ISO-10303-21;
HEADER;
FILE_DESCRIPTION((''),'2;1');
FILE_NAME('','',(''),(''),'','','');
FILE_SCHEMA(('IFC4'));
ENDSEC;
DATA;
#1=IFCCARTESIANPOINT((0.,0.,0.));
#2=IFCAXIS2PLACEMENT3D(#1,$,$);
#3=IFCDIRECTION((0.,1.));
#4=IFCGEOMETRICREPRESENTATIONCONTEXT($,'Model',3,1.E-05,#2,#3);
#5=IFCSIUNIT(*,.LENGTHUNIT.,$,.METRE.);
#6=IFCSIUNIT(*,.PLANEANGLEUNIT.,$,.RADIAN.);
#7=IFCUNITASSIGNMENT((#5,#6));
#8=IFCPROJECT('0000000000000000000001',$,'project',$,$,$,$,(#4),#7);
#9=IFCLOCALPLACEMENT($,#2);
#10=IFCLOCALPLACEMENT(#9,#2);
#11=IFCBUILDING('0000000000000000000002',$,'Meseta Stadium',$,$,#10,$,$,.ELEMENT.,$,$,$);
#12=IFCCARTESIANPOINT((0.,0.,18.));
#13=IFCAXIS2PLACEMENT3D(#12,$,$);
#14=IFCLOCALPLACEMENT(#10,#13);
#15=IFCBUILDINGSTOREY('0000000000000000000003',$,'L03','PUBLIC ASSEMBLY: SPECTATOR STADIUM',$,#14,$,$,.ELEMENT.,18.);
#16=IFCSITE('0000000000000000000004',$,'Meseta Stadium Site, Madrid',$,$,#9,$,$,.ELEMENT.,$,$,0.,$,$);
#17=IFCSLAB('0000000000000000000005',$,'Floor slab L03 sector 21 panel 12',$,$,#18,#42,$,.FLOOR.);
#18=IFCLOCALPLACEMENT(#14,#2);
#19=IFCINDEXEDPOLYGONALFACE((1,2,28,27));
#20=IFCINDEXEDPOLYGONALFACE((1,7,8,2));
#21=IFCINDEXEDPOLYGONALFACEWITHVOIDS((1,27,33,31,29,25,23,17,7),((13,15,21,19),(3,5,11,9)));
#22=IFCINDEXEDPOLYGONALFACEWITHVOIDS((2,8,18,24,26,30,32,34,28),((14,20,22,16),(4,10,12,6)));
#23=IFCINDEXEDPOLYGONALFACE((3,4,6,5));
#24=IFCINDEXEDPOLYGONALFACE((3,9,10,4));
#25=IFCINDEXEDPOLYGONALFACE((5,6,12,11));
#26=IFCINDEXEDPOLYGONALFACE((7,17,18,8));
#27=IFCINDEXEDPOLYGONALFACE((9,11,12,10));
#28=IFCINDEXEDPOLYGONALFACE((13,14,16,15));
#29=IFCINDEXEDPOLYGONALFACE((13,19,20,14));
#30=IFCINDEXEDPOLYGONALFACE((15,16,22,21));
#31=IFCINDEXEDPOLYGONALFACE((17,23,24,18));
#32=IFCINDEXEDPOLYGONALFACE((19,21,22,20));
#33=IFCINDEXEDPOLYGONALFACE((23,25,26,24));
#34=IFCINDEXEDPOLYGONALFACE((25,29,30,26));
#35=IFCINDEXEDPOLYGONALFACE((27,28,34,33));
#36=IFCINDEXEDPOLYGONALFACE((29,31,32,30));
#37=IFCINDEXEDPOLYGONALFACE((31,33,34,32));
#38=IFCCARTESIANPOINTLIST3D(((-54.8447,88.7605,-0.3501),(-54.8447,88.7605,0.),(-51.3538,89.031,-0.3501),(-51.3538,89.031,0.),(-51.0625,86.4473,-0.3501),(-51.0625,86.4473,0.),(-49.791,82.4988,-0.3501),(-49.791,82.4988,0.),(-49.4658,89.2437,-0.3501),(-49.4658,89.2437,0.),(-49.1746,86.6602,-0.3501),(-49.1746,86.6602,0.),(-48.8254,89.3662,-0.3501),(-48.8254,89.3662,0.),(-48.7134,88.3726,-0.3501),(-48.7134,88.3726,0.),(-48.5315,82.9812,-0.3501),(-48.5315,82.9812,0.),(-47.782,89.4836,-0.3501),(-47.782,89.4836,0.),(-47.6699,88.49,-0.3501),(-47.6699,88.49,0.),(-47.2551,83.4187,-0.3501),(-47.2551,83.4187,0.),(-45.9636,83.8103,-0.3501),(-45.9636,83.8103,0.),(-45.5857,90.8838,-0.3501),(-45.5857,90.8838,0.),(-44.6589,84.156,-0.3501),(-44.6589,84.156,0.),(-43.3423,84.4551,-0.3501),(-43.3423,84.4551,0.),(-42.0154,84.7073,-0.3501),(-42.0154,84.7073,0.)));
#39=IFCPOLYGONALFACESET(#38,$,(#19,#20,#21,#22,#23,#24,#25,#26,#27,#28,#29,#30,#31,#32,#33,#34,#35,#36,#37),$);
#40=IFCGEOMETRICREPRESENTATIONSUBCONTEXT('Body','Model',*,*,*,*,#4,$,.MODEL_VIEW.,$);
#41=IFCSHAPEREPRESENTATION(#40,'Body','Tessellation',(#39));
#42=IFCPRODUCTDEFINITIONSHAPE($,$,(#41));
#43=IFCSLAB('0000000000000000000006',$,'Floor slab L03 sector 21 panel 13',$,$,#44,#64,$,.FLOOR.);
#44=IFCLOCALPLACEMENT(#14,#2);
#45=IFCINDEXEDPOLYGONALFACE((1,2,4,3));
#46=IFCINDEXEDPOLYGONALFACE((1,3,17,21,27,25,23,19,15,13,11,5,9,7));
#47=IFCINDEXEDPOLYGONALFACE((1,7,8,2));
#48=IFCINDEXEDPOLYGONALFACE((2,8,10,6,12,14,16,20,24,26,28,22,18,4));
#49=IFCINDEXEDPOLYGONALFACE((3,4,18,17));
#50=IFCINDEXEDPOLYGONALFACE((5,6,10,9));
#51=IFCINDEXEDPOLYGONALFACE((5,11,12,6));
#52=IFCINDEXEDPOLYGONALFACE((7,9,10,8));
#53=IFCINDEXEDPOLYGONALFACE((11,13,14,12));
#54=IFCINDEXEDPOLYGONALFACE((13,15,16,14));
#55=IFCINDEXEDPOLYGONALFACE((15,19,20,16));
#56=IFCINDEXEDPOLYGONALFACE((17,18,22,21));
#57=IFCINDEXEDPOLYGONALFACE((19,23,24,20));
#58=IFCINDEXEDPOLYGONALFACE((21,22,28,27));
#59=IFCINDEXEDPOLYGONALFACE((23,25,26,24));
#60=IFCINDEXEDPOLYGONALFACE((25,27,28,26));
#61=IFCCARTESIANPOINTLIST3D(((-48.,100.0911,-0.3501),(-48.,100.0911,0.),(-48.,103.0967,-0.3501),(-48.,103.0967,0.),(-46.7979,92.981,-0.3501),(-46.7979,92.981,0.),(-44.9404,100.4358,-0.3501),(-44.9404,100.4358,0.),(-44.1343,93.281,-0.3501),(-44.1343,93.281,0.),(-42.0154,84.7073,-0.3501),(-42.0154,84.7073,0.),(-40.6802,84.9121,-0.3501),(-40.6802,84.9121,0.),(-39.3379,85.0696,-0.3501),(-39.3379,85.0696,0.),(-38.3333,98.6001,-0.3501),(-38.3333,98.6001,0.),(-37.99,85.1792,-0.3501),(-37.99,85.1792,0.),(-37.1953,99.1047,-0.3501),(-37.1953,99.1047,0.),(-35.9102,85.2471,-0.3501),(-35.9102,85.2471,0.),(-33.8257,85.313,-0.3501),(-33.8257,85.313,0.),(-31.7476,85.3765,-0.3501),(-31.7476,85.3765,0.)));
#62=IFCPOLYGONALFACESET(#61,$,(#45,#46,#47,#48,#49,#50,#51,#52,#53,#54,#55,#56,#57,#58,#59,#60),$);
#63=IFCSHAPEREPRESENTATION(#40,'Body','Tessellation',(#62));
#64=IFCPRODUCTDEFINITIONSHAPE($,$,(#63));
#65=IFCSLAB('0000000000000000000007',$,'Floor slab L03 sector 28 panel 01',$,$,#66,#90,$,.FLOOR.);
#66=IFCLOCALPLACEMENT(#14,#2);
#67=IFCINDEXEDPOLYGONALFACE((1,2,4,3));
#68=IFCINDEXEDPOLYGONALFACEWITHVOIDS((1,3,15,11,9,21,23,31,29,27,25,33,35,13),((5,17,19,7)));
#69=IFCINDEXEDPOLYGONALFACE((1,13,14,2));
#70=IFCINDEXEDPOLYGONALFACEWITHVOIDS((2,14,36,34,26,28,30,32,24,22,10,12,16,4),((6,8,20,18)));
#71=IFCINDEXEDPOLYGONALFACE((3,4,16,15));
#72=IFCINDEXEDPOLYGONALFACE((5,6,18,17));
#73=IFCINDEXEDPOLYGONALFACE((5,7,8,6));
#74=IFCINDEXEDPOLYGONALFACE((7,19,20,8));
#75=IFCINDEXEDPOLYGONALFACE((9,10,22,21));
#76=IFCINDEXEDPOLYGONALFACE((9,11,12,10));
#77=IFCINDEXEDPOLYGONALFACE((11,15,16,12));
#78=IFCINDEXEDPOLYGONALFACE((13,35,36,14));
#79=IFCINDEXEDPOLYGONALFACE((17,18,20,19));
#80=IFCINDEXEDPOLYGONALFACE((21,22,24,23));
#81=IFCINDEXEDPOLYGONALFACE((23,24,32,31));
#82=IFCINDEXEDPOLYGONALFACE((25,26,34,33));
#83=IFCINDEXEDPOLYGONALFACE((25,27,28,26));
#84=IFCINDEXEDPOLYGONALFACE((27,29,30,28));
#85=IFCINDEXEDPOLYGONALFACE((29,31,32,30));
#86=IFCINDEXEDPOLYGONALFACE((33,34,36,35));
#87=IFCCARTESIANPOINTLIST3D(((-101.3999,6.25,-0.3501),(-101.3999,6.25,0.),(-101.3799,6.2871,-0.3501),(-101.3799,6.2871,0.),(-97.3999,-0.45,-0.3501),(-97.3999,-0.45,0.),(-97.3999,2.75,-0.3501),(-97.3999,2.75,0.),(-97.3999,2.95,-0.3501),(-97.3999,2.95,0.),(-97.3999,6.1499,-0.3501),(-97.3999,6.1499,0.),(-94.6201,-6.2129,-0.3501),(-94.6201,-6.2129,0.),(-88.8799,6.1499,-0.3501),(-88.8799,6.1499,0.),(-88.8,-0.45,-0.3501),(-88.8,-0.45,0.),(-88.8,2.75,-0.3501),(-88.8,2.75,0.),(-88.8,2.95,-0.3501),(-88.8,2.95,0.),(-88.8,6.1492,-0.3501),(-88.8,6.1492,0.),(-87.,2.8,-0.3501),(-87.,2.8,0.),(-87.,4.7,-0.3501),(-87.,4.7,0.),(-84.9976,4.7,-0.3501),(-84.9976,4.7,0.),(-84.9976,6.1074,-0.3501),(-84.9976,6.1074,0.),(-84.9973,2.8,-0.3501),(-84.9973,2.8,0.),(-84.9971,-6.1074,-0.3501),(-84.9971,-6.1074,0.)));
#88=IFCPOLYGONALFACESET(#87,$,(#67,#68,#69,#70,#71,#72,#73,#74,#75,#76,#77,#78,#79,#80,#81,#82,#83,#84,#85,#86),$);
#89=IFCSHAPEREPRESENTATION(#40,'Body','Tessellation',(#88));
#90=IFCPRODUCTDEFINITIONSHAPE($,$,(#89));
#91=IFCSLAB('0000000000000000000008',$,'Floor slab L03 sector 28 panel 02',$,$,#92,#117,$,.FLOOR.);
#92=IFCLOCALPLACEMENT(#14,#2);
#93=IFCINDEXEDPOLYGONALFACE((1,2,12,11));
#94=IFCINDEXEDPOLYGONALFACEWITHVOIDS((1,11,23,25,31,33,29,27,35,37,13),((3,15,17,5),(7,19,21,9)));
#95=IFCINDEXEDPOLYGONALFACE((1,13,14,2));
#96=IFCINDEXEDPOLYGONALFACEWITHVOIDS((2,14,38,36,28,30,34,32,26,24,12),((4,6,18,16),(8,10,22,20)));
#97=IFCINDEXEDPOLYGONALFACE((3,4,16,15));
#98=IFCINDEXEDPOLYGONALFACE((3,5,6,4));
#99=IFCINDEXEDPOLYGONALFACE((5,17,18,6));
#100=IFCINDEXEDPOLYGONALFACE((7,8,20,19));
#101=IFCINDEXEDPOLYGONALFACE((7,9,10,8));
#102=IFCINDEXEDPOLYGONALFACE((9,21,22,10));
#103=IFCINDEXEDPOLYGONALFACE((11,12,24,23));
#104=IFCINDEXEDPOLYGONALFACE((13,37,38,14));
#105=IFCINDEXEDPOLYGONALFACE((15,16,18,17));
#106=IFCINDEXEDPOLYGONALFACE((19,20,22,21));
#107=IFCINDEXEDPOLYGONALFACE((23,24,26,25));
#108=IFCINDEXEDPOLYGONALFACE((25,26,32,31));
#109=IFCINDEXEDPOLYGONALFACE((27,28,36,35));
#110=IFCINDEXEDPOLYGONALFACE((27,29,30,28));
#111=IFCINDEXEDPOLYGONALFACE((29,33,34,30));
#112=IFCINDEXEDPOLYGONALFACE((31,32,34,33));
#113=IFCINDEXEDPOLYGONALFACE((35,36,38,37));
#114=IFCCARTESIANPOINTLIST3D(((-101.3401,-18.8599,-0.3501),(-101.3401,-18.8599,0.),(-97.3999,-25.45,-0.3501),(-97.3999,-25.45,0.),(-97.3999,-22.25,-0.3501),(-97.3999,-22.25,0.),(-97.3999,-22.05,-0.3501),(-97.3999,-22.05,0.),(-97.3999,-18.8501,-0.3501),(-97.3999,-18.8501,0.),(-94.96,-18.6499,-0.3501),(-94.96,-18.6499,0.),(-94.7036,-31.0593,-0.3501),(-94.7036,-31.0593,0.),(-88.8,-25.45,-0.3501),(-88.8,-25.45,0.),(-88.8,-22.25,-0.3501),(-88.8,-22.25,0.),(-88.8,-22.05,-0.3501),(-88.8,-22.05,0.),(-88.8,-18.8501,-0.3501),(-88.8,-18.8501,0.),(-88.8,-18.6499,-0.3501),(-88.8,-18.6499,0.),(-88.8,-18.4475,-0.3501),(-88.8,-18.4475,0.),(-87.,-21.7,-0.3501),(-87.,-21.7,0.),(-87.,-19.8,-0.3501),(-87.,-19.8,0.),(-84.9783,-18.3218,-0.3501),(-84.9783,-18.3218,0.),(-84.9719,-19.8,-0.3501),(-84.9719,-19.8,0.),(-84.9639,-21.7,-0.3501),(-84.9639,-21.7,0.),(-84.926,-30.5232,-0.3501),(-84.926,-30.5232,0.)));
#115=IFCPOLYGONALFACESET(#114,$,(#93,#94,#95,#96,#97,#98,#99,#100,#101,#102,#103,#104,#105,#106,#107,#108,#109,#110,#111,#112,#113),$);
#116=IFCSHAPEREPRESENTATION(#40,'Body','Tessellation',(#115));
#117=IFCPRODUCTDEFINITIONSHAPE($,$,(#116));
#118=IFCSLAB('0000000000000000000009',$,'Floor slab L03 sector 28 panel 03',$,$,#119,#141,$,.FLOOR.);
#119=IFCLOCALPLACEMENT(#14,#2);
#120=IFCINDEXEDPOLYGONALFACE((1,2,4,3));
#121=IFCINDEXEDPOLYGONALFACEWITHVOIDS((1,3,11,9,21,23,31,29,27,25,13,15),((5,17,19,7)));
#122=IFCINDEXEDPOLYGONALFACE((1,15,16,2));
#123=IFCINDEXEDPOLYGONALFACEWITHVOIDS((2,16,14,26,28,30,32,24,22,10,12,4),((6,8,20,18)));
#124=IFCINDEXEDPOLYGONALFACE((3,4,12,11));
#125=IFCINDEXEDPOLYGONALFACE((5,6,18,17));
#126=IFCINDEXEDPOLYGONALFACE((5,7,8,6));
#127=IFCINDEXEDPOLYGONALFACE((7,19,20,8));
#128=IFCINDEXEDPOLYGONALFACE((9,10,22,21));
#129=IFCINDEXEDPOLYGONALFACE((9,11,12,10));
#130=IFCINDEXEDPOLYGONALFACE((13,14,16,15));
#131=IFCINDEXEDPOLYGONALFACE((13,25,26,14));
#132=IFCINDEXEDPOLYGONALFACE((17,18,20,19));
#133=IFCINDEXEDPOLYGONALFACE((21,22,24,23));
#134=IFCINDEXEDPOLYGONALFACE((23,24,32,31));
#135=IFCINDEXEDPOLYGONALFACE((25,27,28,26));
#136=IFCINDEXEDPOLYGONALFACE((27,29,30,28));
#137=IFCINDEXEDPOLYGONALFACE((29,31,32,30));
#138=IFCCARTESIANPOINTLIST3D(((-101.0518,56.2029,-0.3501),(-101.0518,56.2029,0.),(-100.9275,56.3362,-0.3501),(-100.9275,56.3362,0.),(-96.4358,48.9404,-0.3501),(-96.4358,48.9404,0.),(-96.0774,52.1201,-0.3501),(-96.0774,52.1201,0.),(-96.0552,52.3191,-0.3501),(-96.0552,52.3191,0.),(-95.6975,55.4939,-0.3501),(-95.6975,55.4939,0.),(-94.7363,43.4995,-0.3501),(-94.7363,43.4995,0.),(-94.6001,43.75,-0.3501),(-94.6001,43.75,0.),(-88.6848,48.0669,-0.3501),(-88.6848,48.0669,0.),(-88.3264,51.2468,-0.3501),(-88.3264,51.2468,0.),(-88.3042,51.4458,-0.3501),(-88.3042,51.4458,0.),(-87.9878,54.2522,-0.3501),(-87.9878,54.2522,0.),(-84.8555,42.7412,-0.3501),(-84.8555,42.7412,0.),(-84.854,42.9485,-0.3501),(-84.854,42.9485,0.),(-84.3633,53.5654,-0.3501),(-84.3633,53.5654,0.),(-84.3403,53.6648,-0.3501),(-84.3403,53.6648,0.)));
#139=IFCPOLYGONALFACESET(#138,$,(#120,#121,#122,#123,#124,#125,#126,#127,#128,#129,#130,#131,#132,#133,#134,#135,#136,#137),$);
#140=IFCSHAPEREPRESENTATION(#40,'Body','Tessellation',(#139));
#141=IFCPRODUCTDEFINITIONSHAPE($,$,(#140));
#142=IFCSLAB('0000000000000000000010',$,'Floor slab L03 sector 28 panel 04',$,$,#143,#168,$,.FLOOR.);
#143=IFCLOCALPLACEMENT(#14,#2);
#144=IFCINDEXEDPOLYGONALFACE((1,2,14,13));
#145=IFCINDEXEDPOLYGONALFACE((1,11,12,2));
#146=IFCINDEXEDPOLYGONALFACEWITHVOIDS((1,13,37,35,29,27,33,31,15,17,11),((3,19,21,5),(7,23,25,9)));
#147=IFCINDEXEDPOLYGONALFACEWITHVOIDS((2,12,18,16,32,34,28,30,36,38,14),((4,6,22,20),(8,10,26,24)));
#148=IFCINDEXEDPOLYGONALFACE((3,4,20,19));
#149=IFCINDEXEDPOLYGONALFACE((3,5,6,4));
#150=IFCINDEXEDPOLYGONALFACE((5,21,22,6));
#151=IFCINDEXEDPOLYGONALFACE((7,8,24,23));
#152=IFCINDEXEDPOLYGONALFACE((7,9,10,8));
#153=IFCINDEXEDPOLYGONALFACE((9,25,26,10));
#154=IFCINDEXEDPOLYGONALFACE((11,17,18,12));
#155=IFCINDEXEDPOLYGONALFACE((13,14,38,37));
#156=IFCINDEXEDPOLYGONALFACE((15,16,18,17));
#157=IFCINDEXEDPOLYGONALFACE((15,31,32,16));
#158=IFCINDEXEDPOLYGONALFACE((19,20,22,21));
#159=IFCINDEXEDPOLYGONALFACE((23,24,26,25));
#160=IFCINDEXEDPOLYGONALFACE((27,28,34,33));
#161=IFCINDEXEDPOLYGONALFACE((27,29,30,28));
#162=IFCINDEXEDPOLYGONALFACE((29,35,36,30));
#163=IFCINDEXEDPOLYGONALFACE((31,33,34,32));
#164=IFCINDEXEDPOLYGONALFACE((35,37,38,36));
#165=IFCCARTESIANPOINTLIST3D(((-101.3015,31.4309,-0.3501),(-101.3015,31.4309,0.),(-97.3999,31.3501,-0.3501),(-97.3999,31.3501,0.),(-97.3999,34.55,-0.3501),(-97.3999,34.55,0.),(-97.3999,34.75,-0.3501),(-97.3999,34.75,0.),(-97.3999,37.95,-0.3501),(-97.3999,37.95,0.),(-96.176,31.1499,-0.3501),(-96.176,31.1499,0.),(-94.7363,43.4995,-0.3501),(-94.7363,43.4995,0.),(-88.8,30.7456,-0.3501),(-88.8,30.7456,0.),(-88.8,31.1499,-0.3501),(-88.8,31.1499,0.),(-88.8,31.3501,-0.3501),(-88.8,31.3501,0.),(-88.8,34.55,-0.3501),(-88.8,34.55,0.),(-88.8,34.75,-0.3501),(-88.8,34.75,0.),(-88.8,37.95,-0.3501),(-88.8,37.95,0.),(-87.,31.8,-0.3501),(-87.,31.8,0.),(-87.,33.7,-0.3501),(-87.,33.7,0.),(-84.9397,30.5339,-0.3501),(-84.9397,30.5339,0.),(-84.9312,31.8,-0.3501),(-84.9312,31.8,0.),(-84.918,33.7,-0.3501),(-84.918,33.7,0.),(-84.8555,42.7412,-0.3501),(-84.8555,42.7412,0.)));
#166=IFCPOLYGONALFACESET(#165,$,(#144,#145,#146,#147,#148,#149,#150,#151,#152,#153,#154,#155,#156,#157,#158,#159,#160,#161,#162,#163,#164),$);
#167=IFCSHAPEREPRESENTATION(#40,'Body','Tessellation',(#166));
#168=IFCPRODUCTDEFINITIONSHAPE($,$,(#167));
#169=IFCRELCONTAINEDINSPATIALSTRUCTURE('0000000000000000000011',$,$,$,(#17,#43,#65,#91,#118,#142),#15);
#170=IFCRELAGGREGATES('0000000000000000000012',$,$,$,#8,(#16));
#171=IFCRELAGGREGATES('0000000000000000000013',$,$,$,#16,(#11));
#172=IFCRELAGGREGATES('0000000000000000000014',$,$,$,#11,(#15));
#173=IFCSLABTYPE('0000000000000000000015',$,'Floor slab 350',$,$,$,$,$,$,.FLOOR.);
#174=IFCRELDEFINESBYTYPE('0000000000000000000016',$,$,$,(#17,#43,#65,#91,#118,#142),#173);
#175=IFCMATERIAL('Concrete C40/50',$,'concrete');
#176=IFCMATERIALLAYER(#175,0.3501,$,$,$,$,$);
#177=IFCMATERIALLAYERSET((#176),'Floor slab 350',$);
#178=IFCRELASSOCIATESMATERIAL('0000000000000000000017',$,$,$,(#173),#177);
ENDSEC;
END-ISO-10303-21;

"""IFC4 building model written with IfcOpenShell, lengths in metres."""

from ifc_helpers import new_model, si_unit, direction, frame, origin, place, context, subcontext, project, spatial, polyline, outline, extrude, material, layer, layer_set, type_object, element, save


model = new_model("IFC4")

# Units and contexts
model_context = context("Model", 3, precision=1e-05, world=origin(), true_north=direction((0.0, 1.0)))
body_context = subcontext(model_context, "Body", "Model", "MODEL_VIEW")
ifc_project = project(units=[si_unit("LENGTHUNIT", "METRE"), si_unit("PLANEANGLEUNIT", "RADIAN")], contexts=[model_context])

# Site, building, storey
site_placement = place(None, origin())
site = spatial("IfcSite", under=ifc_project, at=site_placement, Name="Meseta Stadium Site, Madrid", CompositionType="ELEMENT", RefElevation=0.0)
building_placement = place(site_placement, origin())
building = spatial("IfcBuilding", under=site, at=building_placement, Name="Meseta Stadium", CompositionType="ELEMENT")
storey_placement = place(building_placement, frame((0.0, 0.0, 18.0)))
storey = spatial("IfcBuildingStorey", under=building, at=storey_placement, Name="L03", Description="PUBLIC ASSEMBLY: SPECTATOR STADIUM", CompositionType="ELEMENT", Elevation=18.0)

# Slabs
ifc_material = material(Name="Concrete C40/50", Category="concrete")
ifc_layer = layer(ifc_material, 0.3501)
ifc_layer_set = layer_set([ifc_layer], Name="Floor slab 350")
slab_type = type_object("IfcSlabType", Name="Floor slab 350", PredefinedType="FLOOR", material=ifc_layer_set)
slab_1_placement = place(storey_placement, frame((0.0, 0.0, -0.3501)))
element("IfcSlab", 1, at=slab_1_placement, inside=storey, type_object=slab_type, Name="Floor slab L03 sector 21 panel 12", PredefinedType="FLOOR", context=body_context, shape_type="SweptSolid", body=[
    extrude(outline(polyline([(-45.5857, 90.8838), (-54.8447, 88.7605), (-49.791, 82.4988), (-48.5315, 82.9812), (-47.2551, 83.4187), (-45.9636, 83.8103), (-44.6589, 84.156), (-43.3423, 84.4551), (-42.0154, 84.7073), (-45.5857, 90.8838)]), holes=[polyline([(-48.7134, 88.3726), (-48.8254, 89.3662), (-47.782, 89.4836), (-47.6699, 88.49), (-48.7134, 88.3726)]), polyline([(-51.3538, 89.031), (-49.4658, 89.2437), (-49.1746, 86.6602), (-51.0625, 86.4473), (-51.3538, 89.031)])]), origin(), (0.0, 0.0, 1.0), 0.3501),
])
slab_2_placement = place(storey_placement, frame((0.0, 0.0, -0.3501)))
element("IfcSlab", 2, at=slab_2_placement, inside=storey, type_object=slab_type, Name="Floor slab L03 sector 21 panel 13", PredefinedType="FLOOR", context=body_context, shape_type="SweptSolid", body=[
    extrude(outline(polyline([(-46.7979, 92.981), (-42.0154, 84.7073), (-40.6802, 84.9121), (-39.3379, 85.0696), (-37.99, 85.1792), (-35.9102, 85.2471), (-33.8257, 85.313), (-31.7476, 85.3765), (-37.1953, 99.1047), (-38.3333, 98.6001), (-48.0, 103.0967), (-48.0, 100.0911), (-44.9404, 100.4358), (-44.1343, 93.281), (-46.7979, 92.981)])), origin(), (0.0, 0.0, 1.0), 0.3501),
])
slab_3_placement = place(storey_placement, frame((0.0, 0.0, -0.3501)))
element("IfcSlab", 3, at=slab_3_placement, inside=storey, type_object=slab_type, Name="Floor slab L03 sector 28 panel 01", PredefinedType="FLOOR", context=body_context, shape_type="SweptSolid", body=[
    extrude(outline(polyline([(-88.8799, 6.1499), (-101.3799, 6.2871), (-101.3999, 6.25), (-94.6201, -6.2129), (-84.9971, -6.1074), (-84.9973, 2.8), (-87.0, 2.8), (-87.0, 4.7), (-84.9976, 4.7), (-84.9976, 6.1074), (-88.8, 6.1492), (-88.8, 2.95), (-97.3999, 2.95), (-97.3999, 6.1499), (-88.8799, 6.1499)]), holes=[polyline([(-88.8, 2.75), (-88.8, -0.45), (-97.3999, -0.45), (-97.3999, 2.75), (-88.8, 2.75)])]), origin(), (0.0, 0.0, 1.0), 0.3501),
])
slab_4_placement = place(storey_placement, frame((0.0, 0.0, -0.3501)))
element("IfcSlab", 4, at=slab_4_placement, inside=storey, type_object=slab_type, Name="Floor slab L03 sector 28 panel 02", PredefinedType="FLOOR", context=body_context, shape_type="SweptSolid", body=[
    extrude(outline(polyline([(-94.7036, -31.0593), (-84.926, -30.5232), (-84.9639, -21.7), (-87.0, -21.7), (-87.0, -19.8), (-84.9719, -19.8), (-84.9783, -18.3218), (-88.8, -18.4475), (-88.8, -18.6499), (-94.96, -18.6499), (-101.3401, -18.8599), (-94.7036, -31.0593)]), holes=[polyline([(-97.3999, -22.25), (-88.8, -22.25), (-88.8, -25.45), (-97.3999, -25.45), (-97.3999, -22.25)]), polyline([(-97.3999, -18.8501), (-88.8, -18.8501), (-88.8, -22.05), (-97.3999, -22.05), (-97.3999, -18.8501)])]), origin(), (0.0, 0.0, 1.0), 0.3501),
])
slab_5_placement = place(storey_placement, frame((0.0, 0.0, -0.3501)))
element("IfcSlab", 5, at=slab_5_placement, inside=storey, type_object=slab_type, Name="Floor slab L03 sector 28 panel 03", PredefinedType="FLOOR", context=body_context, shape_type="SweptSolid", body=[
    extrude(outline(polyline([(-87.9878, 54.2522), (-88.3042, 51.4458), (-96.0552, 52.3191), (-95.6975, 55.4939), (-100.9275, 56.3362), (-101.0518, 56.2029), (-94.6001, 43.75), (-94.7363, 43.4995), (-84.8555, 42.7412), (-84.854, 42.9485), (-84.3633, 53.5654), (-84.3403, 53.6648), (-87.9878, 54.2522)]), holes=[polyline([(-88.6848, 48.0669), (-96.4358, 48.9404), (-96.0774, 52.1201), (-88.3264, 51.2468), (-88.6848, 48.0669)])]), origin(), (0.0, 0.0, 1.0), 0.3501),
])
slab_6_placement = place(storey_placement, frame((0.0, 0.0, -0.3501)))
element("IfcSlab", 6, at=slab_6_placement, inside=storey, type_object=slab_type, Name="Floor slab L03 sector 28 panel 04", PredefinedType="FLOOR", context=body_context, shape_type="SweptSolid", body=[
    extrude(outline(polyline([(-84.8555, 42.7412), (-94.7363, 43.4995), (-101.3015, 31.4309), (-96.176, 31.1499), (-88.8, 31.1499), (-88.8, 30.7456), (-84.9397, 30.5339), (-84.9312, 31.8), (-87.0, 31.8), (-87.0, 33.7), (-84.918, 33.7), (-84.8555, 42.7412)]), holes=[polyline([(-97.3999, 34.55), (-88.8, 34.55), (-88.8, 31.3501), (-97.3999, 31.3501), (-97.3999, 34.55)]), polyline([(-97.3999, 37.95), (-88.8, 37.95), (-88.8, 34.75), (-97.3999, 34.75), (-97.3999, 37.95)])]), origin(), (0.0, 0.0, 1.0), 0.3501),
])

save(model, "model.ifc")
